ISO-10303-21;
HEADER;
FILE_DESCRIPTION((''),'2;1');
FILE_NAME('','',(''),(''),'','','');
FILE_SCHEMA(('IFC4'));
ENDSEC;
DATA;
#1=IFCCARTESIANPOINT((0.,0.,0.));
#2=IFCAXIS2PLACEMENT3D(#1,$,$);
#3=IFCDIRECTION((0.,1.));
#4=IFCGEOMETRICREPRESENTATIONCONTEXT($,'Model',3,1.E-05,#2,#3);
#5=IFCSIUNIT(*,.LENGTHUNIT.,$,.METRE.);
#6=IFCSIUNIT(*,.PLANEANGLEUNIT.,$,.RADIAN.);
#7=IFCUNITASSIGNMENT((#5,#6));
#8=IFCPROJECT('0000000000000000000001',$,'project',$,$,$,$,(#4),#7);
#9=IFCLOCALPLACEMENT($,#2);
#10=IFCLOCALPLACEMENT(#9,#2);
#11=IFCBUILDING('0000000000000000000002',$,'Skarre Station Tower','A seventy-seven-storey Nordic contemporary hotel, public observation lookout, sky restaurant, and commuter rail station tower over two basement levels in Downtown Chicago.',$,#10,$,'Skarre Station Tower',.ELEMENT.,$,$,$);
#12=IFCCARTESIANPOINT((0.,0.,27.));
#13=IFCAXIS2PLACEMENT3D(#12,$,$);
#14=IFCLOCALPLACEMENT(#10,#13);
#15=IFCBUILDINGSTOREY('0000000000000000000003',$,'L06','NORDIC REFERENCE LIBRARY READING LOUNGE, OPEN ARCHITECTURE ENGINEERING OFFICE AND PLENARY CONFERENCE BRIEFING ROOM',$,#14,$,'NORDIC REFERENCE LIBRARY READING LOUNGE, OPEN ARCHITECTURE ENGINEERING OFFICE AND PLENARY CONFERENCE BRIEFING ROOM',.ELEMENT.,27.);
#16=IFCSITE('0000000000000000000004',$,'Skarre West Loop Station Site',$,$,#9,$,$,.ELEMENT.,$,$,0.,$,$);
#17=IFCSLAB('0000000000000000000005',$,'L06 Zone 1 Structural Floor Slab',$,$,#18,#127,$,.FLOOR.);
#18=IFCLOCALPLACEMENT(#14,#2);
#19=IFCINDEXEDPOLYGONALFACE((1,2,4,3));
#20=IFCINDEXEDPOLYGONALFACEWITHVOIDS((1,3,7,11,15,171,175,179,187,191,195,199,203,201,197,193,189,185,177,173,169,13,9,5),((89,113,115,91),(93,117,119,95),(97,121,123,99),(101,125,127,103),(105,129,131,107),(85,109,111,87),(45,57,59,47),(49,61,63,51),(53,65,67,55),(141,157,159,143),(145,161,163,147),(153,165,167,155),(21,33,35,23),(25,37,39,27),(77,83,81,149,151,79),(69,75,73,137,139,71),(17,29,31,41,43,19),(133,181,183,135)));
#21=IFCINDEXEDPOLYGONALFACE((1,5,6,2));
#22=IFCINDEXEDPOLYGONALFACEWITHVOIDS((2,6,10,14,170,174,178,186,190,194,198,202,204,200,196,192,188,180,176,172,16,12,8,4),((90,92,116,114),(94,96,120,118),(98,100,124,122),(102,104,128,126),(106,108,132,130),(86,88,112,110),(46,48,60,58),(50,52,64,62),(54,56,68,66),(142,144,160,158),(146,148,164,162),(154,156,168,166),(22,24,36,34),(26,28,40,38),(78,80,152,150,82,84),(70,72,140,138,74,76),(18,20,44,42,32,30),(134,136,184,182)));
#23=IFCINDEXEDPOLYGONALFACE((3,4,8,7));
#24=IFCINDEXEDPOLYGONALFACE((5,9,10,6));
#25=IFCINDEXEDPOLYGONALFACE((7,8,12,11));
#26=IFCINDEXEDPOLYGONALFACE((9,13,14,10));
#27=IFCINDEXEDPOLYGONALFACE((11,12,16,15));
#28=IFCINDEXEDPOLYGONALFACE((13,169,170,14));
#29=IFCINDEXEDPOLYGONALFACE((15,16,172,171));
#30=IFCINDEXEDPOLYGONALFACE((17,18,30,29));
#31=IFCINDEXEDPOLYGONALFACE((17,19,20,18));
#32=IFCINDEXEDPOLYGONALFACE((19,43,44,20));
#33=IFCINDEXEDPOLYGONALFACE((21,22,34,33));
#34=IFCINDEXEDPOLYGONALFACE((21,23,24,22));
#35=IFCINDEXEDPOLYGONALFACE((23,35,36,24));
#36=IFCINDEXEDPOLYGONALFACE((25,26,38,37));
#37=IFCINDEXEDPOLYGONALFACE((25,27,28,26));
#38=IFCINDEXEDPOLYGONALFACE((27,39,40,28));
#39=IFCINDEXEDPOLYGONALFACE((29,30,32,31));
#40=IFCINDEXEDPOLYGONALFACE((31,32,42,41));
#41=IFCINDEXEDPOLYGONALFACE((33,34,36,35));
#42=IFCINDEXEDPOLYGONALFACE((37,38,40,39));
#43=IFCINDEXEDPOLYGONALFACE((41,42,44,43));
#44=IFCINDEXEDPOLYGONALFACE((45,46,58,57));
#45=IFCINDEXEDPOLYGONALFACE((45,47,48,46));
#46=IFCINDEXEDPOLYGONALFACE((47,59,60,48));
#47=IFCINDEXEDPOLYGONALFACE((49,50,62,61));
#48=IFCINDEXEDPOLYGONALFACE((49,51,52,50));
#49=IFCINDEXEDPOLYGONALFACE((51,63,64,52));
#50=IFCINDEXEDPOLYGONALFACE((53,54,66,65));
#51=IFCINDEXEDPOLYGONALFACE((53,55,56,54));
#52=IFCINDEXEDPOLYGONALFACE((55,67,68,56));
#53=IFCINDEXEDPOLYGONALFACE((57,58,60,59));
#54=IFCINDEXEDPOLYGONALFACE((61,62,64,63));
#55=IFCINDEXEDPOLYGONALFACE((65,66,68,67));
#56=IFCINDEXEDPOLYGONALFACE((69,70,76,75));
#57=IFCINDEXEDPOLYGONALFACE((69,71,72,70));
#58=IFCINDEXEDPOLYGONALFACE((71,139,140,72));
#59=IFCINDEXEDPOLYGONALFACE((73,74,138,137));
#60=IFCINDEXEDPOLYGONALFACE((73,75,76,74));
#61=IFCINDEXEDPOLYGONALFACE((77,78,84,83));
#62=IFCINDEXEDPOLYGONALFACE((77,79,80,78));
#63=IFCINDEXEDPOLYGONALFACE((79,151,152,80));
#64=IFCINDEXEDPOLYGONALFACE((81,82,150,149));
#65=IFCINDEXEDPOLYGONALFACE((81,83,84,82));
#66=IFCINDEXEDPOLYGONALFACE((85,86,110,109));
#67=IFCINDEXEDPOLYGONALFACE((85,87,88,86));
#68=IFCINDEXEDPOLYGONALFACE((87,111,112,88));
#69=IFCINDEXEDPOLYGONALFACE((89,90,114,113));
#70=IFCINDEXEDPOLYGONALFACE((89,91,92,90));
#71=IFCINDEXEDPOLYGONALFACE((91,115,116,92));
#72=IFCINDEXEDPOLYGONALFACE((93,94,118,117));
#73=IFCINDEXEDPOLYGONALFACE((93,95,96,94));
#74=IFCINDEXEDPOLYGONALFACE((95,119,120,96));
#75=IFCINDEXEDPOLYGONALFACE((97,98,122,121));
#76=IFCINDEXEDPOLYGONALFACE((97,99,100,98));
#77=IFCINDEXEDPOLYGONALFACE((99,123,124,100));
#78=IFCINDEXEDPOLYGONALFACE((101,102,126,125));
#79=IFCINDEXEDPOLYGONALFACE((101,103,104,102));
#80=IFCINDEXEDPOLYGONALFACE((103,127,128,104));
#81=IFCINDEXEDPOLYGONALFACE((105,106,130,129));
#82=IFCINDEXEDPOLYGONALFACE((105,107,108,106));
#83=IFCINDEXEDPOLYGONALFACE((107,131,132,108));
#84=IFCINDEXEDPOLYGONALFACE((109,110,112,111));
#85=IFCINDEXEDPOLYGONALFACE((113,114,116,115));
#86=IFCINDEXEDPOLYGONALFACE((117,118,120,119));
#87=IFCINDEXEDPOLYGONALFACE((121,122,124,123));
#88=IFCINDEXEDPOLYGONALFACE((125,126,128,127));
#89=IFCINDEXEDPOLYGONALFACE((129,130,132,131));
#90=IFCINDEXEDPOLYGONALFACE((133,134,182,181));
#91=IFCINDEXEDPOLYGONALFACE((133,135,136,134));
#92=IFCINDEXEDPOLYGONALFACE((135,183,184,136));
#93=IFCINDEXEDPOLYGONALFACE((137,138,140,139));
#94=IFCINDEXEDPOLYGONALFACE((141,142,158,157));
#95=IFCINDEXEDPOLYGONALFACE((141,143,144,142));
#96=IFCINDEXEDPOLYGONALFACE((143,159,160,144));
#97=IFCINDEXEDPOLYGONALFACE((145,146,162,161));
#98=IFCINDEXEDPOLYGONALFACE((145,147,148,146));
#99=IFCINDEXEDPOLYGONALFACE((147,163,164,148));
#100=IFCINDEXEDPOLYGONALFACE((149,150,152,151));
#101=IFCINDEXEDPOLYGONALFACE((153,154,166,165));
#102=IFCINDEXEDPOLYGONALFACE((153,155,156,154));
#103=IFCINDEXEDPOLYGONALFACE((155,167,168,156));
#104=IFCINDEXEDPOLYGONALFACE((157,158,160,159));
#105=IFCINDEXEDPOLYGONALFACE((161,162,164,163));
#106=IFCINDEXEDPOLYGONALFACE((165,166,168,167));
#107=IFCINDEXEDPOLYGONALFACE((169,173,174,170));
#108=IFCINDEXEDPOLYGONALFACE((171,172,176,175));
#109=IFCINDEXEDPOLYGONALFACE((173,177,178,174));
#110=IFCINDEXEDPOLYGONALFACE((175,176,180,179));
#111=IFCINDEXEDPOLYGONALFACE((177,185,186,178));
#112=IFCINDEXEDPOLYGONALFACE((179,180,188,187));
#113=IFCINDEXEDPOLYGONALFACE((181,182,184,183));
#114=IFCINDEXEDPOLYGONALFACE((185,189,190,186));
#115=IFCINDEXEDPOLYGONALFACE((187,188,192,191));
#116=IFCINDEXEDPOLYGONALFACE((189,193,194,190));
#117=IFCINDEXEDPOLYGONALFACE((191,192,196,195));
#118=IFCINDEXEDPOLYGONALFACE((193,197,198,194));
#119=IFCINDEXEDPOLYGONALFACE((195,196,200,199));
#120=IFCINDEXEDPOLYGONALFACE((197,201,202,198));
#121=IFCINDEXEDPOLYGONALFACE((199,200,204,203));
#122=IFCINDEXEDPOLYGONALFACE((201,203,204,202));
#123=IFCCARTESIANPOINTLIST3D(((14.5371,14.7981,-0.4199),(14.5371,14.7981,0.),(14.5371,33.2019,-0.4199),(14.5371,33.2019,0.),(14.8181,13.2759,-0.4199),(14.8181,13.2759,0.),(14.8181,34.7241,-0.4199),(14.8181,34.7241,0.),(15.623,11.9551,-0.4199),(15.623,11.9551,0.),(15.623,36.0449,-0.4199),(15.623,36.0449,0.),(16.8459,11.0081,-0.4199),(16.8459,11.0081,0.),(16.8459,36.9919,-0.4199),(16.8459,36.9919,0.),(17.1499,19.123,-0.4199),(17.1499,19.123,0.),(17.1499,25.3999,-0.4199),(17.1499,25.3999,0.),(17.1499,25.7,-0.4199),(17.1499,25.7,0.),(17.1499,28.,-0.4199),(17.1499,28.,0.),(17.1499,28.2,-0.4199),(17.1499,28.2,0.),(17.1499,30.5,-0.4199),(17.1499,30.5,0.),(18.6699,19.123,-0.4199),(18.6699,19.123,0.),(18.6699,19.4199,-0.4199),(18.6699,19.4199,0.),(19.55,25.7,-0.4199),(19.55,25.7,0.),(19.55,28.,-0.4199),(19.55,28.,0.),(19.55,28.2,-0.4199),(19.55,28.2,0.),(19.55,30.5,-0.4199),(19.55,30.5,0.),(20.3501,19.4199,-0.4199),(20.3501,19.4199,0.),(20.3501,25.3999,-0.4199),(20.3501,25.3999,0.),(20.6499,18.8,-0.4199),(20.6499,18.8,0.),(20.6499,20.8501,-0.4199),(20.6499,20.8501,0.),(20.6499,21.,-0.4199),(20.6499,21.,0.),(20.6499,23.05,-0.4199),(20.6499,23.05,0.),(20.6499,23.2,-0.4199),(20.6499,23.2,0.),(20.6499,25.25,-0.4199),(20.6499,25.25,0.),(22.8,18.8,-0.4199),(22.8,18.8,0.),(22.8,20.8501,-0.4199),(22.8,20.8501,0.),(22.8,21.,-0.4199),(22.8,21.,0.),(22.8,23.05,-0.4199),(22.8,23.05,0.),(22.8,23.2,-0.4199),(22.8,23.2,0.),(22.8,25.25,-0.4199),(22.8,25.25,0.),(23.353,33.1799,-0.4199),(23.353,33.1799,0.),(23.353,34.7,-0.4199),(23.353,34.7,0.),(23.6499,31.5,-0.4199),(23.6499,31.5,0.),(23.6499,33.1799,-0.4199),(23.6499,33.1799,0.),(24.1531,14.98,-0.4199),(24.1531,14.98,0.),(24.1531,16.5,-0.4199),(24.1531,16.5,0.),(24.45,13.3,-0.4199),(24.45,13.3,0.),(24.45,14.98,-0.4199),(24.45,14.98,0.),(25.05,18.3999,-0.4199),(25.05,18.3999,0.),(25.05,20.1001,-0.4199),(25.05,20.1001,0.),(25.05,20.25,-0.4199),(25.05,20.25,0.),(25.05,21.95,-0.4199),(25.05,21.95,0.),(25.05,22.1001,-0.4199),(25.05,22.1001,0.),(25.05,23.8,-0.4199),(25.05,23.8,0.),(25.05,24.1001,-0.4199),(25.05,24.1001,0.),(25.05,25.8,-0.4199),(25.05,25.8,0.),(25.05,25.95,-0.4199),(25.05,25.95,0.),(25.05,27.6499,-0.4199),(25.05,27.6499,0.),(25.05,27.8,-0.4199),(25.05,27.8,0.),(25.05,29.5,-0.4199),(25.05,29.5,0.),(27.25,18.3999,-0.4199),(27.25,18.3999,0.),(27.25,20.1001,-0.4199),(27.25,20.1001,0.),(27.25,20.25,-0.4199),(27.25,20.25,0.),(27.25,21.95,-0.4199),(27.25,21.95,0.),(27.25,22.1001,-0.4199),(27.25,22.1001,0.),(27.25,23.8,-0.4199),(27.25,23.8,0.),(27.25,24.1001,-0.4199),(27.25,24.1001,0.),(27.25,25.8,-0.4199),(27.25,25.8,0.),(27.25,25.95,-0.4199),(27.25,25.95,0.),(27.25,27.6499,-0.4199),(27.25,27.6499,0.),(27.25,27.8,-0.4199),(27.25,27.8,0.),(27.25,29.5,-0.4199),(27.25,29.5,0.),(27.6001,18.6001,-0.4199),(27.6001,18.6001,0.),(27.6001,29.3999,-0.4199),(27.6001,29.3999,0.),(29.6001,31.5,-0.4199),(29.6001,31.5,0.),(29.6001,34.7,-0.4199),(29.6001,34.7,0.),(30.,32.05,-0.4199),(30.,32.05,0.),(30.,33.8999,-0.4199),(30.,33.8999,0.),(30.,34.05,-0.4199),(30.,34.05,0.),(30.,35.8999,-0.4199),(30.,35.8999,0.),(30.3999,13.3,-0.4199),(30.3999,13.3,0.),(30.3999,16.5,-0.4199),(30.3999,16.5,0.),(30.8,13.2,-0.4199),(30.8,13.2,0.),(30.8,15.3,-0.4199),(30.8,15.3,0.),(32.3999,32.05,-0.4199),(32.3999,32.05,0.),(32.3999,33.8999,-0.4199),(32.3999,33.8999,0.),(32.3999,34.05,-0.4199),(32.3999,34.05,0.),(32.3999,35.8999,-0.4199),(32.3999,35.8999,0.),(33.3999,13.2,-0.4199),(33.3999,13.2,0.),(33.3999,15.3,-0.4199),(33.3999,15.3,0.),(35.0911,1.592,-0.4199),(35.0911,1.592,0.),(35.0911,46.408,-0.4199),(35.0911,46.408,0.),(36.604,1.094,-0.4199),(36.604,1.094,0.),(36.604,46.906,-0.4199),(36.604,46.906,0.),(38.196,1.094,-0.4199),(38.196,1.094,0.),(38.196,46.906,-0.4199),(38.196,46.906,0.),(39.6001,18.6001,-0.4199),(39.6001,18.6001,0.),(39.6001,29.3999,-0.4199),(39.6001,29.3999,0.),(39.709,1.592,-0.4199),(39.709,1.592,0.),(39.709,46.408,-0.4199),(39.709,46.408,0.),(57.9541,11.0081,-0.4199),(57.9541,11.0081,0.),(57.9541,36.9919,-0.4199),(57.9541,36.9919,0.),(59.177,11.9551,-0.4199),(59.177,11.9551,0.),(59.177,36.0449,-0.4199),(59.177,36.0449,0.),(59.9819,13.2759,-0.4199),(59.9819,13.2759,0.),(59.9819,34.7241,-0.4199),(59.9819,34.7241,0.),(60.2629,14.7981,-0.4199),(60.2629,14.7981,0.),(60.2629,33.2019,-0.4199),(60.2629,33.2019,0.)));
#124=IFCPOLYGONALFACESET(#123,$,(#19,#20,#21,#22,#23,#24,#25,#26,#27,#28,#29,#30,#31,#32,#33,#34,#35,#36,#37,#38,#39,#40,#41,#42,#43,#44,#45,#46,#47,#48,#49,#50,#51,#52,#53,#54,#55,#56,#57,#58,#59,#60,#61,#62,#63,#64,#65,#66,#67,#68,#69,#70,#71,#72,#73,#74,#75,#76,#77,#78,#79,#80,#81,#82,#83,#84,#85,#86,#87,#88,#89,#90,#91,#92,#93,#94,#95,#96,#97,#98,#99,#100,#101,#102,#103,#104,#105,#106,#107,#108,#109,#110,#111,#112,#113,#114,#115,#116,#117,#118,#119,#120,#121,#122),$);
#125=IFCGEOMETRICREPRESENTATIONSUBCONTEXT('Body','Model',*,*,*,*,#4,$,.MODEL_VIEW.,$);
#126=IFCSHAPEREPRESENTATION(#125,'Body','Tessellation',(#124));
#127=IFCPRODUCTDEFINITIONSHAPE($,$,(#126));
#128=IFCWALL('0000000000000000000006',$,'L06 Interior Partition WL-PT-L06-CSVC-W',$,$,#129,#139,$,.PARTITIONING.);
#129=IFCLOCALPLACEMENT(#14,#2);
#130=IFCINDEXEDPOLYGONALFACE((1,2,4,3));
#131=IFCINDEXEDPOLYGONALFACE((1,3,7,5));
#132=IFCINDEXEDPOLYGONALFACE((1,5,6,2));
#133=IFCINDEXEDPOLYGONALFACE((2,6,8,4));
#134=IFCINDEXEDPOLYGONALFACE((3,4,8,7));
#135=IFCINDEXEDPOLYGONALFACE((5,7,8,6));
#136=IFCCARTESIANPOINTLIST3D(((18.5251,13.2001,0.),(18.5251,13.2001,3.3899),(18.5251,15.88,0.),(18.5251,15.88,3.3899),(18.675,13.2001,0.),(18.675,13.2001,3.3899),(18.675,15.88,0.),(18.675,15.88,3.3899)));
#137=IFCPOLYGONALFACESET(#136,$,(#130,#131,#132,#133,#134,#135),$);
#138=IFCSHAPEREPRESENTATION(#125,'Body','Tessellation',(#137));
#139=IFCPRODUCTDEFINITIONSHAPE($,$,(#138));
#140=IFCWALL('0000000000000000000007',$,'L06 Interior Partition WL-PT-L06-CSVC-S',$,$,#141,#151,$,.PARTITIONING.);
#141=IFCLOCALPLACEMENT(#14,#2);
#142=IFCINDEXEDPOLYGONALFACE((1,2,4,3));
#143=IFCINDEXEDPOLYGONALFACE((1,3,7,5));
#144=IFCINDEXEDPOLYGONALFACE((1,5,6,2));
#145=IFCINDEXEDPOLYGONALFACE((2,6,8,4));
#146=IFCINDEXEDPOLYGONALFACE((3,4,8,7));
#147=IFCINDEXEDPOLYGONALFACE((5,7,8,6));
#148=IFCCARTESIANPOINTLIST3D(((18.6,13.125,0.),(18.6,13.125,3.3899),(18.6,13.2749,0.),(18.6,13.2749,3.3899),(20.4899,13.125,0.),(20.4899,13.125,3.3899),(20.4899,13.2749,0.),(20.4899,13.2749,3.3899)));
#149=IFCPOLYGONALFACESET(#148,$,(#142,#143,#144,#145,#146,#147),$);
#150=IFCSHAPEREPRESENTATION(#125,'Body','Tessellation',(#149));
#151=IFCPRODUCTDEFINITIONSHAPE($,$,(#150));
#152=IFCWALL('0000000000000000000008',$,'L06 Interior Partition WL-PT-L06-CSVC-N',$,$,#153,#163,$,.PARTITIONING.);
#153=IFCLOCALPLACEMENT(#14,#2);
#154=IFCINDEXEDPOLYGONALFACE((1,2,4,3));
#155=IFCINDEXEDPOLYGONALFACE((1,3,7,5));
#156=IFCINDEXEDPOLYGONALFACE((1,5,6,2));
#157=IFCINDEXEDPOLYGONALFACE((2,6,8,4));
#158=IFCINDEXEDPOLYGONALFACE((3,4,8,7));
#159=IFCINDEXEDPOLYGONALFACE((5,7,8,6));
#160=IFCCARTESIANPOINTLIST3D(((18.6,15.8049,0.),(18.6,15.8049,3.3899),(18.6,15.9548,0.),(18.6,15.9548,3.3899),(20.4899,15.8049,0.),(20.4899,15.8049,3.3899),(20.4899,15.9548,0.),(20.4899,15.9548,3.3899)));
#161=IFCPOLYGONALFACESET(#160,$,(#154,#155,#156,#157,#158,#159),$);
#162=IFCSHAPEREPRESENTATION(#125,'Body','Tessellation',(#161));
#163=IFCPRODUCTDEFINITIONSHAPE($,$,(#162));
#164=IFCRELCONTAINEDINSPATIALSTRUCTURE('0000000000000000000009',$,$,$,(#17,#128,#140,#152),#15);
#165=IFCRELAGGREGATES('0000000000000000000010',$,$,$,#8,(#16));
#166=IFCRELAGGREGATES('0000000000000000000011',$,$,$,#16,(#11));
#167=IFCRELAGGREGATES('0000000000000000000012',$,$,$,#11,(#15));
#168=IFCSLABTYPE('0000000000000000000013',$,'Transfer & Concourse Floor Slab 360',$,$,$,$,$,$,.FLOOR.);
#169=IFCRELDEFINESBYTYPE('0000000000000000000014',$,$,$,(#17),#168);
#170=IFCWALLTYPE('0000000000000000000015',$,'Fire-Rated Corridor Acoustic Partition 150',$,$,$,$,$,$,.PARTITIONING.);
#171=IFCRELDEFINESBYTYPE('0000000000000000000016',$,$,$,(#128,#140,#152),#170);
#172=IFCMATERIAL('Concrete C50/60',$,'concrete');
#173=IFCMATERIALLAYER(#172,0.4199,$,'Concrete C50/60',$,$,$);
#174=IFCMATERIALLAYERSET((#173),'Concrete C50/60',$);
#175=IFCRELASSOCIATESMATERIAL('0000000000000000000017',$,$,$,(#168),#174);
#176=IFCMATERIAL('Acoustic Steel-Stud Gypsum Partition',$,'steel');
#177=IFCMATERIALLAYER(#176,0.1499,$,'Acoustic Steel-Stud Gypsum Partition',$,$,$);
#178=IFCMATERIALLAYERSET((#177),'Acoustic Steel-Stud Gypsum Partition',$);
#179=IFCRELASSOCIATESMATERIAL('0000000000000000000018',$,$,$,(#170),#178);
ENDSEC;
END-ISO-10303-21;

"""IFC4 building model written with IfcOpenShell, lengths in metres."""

from ifc_helpers import new_model, si_unit, direction, frame, frame_2d, origin, place, context, subcontext, project, spatial, polyline, rectangle, outline, extrude, material, layer, layer_set, type_object, element, save


model = new_model("IFC4")

# Units and contexts
model_context = context("Model", 3, precision=1e-05, world=origin(), true_north=direction((0.0, 1.0)))
body_context = subcontext(model_context, "Body", "Model", "MODEL_VIEW")
ifc_project = project(units=[si_unit("LENGTHUNIT", "METRE"), si_unit("PLANEANGLEUNIT", "RADIAN")], contexts=[model_context])

# Site, building, storey
site_placement = place(None, origin())
site = spatial("IfcSite", under=ifc_project, at=site_placement, Name="Skarre West Loop Station Site", CompositionType="ELEMENT", RefElevation=0.0)
building_placement = place(site_placement, origin())
building = spatial("IfcBuilding", under=site, at=building_placement, Name="Skarre Station Tower", Description="A seventy-seven-storey Nordic contemporary hotel, public observation lookout, sky restaurant, and commuter rail station tower over two basement levels in Downtown Chicago.", LongName="Skarre Station Tower", CompositionType="ELEMENT")
storey_placement = place(building_placement, frame((0.0, 0.0, 27.0)))
storey = spatial("IfcBuildingStorey", under=building, at=storey_placement, Name="L06", Description="NORDIC REFERENCE LIBRARY READING LOUNGE, OPEN ARCHITECTURE ENGINEERING OFFICE AND PLENARY CONFERENCE BRIEFING ROOM", LongName="NORDIC REFERENCE LIBRARY READING LOUNGE, OPEN ARCHITECTURE ENGINEERING OFFICE AND PLENARY CONFERENCE BRIEFING ROOM", CompositionType="ELEMENT", Elevation=27.0)

# Slab
ifc_material_1 = material(Name="Concrete C50/60", Category="concrete")
ifc_layer_1 = layer(ifc_material_1, 0.4199, Name="Concrete C50/60")
ifc_layer_set_1 = layer_set([ifc_layer_1], Name="Concrete C50/60")
slab_type_1 = type_object("IfcSlabType", Name="Transfer & Concourse Floor Slab 360", PredefinedType="FLOOR", material=ifc_layer_set_1)
slab_1_placement = place(storey_placement, frame((0.0, 0.0, -0.4199)))
element("IfcSlab", 1, at=slab_1_placement, inside=storey, type_object=slab_type_1, Name="L06 Zone 1 Structural Floor Slab", PredefinedType="FLOOR", context=body_context, shape_type="SweptSolid", body=[
    extrude(outline(polyline([(60.2629, 33.2019), (59.9819, 34.7241), (59.177, 36.0449), (57.9541, 36.9919), (39.709, 46.408), (38.196, 46.906), (36.604, 46.906), (35.0911, 46.408), (16.8459, 36.9919), (15.623, 36.0449), (14.8181, 34.7241), (14.5371, 33.2019), (14.5371, 14.7981), (14.8181, 13.2759), (15.623, 11.9551), (16.8459, 11.0081), (35.0911, 1.592), (36.604, 1.094), (38.196, 1.094), (39.709, 1.592), (57.9541, 11.0081), (59.177, 11.9551), (59.9819, 13.2759), (60.2629, 14.7981), (60.2629, 33.2019)]), holes=[polyline([(18.6699, 19.4199), (18.6699, 19.123), (17.1499, 19.123), (17.1499, 25.3999), (20.3501, 25.3999), (20.3501, 19.4199), (18.6699, 19.4199)]), polyline([(24.45, 14.98), (24.1531, 14.98), (24.1531, 16.5), (30.3999, 16.5), (30.3999, 13.3), (24.45, 13.3), (24.45, 14.98)]), polyline([(23.6499, 33.1799), (23.353, 33.1799), (23.353, 34.7), (29.6001, 34.7), (29.6001, 31.5), (23.6499, 31.5), (23.6499, 33.1799)]), polyline([(17.1499, 28.0), (19.55, 28.0), (19.55, 25.7), (17.1499, 25.7), (17.1499, 28.0)]), polyline([(17.1499, 30.5), (19.55, 30.5), (19.55, 28.2), (17.1499, 28.2), (17.1499, 30.5)]), polyline([(30.8, 15.3), (33.3999, 15.3), (33.3999, 13.2), (30.8, 13.2), (30.8, 15.3)]), polyline([(25.05, 20.1001), (27.25, 20.1001), (27.25, 18.3999), (25.05, 18.3999), (25.05, 20.1001)]), polyline([(25.05, 21.95), (27.25, 21.95), (27.25, 20.25), (25.05, 20.25), (25.05, 21.95)]), polyline([(25.05, 23.8), (27.25, 23.8), (27.25, 22.1001), (25.05, 22.1001), (25.05, 23.8)]), polyline([(25.05, 25.8), (27.25, 25.8), (27.25, 24.1001), (25.05, 24.1001), (25.05, 25.8)]), polyline([(25.05, 27.6499), (27.25, 27.6499), (27.25, 25.95), (25.05, 25.95), (25.05, 27.6499)]), polyline([(25.05, 29.5), (27.25, 29.5), (27.25, 27.8), (25.05, 27.8), (25.05, 29.5)]), polyline([(20.6499, 20.8501), (22.8, 20.8501), (22.8, 18.8), (20.6499, 18.8), (20.6499, 20.8501)]), polyline([(20.6499, 23.05), (22.8, 23.05), (22.8, 21.0), (20.6499, 21.0), (20.6499, 23.05)]), polyline([(20.6499, 25.25), (22.8, 25.25), (22.8, 23.2), (20.6499, 23.2), (20.6499, 25.25)]), polyline([(30.0, 33.8999), (32.3999, 33.8999), (32.3999, 32.05), (30.0, 32.05), (30.0, 33.8999)]), polyline([(30.0, 35.8999), (32.3999, 35.8999), (32.3999, 34.05), (30.0, 34.05), (30.0, 35.8999)]), polyline([(27.6001, 29.3999), (39.6001, 29.3999), (39.6001, 18.6001), (27.6001, 18.6001), (27.6001, 29.3999)])]), origin(), (0.0, 0.0, 1.0), 0.4199),
])

# Walls
ifc_material_2 = material(Name="Acoustic Steel-Stud Gypsum Partition", Category="steel")
ifc_layer_2 = layer(ifc_material_2, 0.1499, Name="Acoustic Steel-Stud Gypsum Partition")
ifc_layer_set_2 = layer_set([ifc_layer_2], Name="Acoustic Steel-Stud Gypsum Partition")
wall_type_1 = type_object("IfcWallType", Name="Fire-Rated Corridor Acoustic Partition 150", PredefinedType="PARTITIONING", material=ifc_layer_set_2)
wall_1_placement = place(storey_placement, frame((18.6001, 15.8799, 0.0), z_axis=(0.0, 0.0, 1.0), x_axis=(0.0, -1.0, 0.0)))
element("IfcWall", 2, at=wall_1_placement, inside=storey, type_object=wall_type_1, Name="L06 Interior Partition WL-PT-L06-CSVC-W", PredefinedType="PARTITIONING", context=body_context, shape_type="SweptSolid", body=[
    extrude(rectangle(XDim=2.6799, YDim=0.1499, at=frame_2d((1.3398, 0.0))), origin(), (0.0, 0.0, 1.0), 3.3899),
])
for number, where, z_axis, x_axis, name in (
    (3, (18.6001, 13.2, 0.0), (0.0, 0.0, 1.0), (1.0, 0.0, 0.0), "L06 Interior Partition WL-PT-L06-CSVC-S"),
    (4, (18.6001, 15.8799, 0.0), (0.0, 0.0, 1.0), (1.0, 0.0, 0.0), "L06 Interior Partition WL-PT-L06-CSVC-N"),
):
    element("IfcWall", number, at=place(storey_placement, frame(where, z_axis=z_axis, x_axis=x_axis)), inside=storey, type_object=wall_type_1, Name=name, PredefinedType="PARTITIONING", context=body_context, shape_type="SweptSolid", body=[
        extrude(rectangle(XDim=1.8899, YDim=0.1499, at=frame_2d((0.9448, 0.0))), origin(), (0.0, 0.0, 1.0), 3.3899),
    ])

save(model, "model.ifc")
